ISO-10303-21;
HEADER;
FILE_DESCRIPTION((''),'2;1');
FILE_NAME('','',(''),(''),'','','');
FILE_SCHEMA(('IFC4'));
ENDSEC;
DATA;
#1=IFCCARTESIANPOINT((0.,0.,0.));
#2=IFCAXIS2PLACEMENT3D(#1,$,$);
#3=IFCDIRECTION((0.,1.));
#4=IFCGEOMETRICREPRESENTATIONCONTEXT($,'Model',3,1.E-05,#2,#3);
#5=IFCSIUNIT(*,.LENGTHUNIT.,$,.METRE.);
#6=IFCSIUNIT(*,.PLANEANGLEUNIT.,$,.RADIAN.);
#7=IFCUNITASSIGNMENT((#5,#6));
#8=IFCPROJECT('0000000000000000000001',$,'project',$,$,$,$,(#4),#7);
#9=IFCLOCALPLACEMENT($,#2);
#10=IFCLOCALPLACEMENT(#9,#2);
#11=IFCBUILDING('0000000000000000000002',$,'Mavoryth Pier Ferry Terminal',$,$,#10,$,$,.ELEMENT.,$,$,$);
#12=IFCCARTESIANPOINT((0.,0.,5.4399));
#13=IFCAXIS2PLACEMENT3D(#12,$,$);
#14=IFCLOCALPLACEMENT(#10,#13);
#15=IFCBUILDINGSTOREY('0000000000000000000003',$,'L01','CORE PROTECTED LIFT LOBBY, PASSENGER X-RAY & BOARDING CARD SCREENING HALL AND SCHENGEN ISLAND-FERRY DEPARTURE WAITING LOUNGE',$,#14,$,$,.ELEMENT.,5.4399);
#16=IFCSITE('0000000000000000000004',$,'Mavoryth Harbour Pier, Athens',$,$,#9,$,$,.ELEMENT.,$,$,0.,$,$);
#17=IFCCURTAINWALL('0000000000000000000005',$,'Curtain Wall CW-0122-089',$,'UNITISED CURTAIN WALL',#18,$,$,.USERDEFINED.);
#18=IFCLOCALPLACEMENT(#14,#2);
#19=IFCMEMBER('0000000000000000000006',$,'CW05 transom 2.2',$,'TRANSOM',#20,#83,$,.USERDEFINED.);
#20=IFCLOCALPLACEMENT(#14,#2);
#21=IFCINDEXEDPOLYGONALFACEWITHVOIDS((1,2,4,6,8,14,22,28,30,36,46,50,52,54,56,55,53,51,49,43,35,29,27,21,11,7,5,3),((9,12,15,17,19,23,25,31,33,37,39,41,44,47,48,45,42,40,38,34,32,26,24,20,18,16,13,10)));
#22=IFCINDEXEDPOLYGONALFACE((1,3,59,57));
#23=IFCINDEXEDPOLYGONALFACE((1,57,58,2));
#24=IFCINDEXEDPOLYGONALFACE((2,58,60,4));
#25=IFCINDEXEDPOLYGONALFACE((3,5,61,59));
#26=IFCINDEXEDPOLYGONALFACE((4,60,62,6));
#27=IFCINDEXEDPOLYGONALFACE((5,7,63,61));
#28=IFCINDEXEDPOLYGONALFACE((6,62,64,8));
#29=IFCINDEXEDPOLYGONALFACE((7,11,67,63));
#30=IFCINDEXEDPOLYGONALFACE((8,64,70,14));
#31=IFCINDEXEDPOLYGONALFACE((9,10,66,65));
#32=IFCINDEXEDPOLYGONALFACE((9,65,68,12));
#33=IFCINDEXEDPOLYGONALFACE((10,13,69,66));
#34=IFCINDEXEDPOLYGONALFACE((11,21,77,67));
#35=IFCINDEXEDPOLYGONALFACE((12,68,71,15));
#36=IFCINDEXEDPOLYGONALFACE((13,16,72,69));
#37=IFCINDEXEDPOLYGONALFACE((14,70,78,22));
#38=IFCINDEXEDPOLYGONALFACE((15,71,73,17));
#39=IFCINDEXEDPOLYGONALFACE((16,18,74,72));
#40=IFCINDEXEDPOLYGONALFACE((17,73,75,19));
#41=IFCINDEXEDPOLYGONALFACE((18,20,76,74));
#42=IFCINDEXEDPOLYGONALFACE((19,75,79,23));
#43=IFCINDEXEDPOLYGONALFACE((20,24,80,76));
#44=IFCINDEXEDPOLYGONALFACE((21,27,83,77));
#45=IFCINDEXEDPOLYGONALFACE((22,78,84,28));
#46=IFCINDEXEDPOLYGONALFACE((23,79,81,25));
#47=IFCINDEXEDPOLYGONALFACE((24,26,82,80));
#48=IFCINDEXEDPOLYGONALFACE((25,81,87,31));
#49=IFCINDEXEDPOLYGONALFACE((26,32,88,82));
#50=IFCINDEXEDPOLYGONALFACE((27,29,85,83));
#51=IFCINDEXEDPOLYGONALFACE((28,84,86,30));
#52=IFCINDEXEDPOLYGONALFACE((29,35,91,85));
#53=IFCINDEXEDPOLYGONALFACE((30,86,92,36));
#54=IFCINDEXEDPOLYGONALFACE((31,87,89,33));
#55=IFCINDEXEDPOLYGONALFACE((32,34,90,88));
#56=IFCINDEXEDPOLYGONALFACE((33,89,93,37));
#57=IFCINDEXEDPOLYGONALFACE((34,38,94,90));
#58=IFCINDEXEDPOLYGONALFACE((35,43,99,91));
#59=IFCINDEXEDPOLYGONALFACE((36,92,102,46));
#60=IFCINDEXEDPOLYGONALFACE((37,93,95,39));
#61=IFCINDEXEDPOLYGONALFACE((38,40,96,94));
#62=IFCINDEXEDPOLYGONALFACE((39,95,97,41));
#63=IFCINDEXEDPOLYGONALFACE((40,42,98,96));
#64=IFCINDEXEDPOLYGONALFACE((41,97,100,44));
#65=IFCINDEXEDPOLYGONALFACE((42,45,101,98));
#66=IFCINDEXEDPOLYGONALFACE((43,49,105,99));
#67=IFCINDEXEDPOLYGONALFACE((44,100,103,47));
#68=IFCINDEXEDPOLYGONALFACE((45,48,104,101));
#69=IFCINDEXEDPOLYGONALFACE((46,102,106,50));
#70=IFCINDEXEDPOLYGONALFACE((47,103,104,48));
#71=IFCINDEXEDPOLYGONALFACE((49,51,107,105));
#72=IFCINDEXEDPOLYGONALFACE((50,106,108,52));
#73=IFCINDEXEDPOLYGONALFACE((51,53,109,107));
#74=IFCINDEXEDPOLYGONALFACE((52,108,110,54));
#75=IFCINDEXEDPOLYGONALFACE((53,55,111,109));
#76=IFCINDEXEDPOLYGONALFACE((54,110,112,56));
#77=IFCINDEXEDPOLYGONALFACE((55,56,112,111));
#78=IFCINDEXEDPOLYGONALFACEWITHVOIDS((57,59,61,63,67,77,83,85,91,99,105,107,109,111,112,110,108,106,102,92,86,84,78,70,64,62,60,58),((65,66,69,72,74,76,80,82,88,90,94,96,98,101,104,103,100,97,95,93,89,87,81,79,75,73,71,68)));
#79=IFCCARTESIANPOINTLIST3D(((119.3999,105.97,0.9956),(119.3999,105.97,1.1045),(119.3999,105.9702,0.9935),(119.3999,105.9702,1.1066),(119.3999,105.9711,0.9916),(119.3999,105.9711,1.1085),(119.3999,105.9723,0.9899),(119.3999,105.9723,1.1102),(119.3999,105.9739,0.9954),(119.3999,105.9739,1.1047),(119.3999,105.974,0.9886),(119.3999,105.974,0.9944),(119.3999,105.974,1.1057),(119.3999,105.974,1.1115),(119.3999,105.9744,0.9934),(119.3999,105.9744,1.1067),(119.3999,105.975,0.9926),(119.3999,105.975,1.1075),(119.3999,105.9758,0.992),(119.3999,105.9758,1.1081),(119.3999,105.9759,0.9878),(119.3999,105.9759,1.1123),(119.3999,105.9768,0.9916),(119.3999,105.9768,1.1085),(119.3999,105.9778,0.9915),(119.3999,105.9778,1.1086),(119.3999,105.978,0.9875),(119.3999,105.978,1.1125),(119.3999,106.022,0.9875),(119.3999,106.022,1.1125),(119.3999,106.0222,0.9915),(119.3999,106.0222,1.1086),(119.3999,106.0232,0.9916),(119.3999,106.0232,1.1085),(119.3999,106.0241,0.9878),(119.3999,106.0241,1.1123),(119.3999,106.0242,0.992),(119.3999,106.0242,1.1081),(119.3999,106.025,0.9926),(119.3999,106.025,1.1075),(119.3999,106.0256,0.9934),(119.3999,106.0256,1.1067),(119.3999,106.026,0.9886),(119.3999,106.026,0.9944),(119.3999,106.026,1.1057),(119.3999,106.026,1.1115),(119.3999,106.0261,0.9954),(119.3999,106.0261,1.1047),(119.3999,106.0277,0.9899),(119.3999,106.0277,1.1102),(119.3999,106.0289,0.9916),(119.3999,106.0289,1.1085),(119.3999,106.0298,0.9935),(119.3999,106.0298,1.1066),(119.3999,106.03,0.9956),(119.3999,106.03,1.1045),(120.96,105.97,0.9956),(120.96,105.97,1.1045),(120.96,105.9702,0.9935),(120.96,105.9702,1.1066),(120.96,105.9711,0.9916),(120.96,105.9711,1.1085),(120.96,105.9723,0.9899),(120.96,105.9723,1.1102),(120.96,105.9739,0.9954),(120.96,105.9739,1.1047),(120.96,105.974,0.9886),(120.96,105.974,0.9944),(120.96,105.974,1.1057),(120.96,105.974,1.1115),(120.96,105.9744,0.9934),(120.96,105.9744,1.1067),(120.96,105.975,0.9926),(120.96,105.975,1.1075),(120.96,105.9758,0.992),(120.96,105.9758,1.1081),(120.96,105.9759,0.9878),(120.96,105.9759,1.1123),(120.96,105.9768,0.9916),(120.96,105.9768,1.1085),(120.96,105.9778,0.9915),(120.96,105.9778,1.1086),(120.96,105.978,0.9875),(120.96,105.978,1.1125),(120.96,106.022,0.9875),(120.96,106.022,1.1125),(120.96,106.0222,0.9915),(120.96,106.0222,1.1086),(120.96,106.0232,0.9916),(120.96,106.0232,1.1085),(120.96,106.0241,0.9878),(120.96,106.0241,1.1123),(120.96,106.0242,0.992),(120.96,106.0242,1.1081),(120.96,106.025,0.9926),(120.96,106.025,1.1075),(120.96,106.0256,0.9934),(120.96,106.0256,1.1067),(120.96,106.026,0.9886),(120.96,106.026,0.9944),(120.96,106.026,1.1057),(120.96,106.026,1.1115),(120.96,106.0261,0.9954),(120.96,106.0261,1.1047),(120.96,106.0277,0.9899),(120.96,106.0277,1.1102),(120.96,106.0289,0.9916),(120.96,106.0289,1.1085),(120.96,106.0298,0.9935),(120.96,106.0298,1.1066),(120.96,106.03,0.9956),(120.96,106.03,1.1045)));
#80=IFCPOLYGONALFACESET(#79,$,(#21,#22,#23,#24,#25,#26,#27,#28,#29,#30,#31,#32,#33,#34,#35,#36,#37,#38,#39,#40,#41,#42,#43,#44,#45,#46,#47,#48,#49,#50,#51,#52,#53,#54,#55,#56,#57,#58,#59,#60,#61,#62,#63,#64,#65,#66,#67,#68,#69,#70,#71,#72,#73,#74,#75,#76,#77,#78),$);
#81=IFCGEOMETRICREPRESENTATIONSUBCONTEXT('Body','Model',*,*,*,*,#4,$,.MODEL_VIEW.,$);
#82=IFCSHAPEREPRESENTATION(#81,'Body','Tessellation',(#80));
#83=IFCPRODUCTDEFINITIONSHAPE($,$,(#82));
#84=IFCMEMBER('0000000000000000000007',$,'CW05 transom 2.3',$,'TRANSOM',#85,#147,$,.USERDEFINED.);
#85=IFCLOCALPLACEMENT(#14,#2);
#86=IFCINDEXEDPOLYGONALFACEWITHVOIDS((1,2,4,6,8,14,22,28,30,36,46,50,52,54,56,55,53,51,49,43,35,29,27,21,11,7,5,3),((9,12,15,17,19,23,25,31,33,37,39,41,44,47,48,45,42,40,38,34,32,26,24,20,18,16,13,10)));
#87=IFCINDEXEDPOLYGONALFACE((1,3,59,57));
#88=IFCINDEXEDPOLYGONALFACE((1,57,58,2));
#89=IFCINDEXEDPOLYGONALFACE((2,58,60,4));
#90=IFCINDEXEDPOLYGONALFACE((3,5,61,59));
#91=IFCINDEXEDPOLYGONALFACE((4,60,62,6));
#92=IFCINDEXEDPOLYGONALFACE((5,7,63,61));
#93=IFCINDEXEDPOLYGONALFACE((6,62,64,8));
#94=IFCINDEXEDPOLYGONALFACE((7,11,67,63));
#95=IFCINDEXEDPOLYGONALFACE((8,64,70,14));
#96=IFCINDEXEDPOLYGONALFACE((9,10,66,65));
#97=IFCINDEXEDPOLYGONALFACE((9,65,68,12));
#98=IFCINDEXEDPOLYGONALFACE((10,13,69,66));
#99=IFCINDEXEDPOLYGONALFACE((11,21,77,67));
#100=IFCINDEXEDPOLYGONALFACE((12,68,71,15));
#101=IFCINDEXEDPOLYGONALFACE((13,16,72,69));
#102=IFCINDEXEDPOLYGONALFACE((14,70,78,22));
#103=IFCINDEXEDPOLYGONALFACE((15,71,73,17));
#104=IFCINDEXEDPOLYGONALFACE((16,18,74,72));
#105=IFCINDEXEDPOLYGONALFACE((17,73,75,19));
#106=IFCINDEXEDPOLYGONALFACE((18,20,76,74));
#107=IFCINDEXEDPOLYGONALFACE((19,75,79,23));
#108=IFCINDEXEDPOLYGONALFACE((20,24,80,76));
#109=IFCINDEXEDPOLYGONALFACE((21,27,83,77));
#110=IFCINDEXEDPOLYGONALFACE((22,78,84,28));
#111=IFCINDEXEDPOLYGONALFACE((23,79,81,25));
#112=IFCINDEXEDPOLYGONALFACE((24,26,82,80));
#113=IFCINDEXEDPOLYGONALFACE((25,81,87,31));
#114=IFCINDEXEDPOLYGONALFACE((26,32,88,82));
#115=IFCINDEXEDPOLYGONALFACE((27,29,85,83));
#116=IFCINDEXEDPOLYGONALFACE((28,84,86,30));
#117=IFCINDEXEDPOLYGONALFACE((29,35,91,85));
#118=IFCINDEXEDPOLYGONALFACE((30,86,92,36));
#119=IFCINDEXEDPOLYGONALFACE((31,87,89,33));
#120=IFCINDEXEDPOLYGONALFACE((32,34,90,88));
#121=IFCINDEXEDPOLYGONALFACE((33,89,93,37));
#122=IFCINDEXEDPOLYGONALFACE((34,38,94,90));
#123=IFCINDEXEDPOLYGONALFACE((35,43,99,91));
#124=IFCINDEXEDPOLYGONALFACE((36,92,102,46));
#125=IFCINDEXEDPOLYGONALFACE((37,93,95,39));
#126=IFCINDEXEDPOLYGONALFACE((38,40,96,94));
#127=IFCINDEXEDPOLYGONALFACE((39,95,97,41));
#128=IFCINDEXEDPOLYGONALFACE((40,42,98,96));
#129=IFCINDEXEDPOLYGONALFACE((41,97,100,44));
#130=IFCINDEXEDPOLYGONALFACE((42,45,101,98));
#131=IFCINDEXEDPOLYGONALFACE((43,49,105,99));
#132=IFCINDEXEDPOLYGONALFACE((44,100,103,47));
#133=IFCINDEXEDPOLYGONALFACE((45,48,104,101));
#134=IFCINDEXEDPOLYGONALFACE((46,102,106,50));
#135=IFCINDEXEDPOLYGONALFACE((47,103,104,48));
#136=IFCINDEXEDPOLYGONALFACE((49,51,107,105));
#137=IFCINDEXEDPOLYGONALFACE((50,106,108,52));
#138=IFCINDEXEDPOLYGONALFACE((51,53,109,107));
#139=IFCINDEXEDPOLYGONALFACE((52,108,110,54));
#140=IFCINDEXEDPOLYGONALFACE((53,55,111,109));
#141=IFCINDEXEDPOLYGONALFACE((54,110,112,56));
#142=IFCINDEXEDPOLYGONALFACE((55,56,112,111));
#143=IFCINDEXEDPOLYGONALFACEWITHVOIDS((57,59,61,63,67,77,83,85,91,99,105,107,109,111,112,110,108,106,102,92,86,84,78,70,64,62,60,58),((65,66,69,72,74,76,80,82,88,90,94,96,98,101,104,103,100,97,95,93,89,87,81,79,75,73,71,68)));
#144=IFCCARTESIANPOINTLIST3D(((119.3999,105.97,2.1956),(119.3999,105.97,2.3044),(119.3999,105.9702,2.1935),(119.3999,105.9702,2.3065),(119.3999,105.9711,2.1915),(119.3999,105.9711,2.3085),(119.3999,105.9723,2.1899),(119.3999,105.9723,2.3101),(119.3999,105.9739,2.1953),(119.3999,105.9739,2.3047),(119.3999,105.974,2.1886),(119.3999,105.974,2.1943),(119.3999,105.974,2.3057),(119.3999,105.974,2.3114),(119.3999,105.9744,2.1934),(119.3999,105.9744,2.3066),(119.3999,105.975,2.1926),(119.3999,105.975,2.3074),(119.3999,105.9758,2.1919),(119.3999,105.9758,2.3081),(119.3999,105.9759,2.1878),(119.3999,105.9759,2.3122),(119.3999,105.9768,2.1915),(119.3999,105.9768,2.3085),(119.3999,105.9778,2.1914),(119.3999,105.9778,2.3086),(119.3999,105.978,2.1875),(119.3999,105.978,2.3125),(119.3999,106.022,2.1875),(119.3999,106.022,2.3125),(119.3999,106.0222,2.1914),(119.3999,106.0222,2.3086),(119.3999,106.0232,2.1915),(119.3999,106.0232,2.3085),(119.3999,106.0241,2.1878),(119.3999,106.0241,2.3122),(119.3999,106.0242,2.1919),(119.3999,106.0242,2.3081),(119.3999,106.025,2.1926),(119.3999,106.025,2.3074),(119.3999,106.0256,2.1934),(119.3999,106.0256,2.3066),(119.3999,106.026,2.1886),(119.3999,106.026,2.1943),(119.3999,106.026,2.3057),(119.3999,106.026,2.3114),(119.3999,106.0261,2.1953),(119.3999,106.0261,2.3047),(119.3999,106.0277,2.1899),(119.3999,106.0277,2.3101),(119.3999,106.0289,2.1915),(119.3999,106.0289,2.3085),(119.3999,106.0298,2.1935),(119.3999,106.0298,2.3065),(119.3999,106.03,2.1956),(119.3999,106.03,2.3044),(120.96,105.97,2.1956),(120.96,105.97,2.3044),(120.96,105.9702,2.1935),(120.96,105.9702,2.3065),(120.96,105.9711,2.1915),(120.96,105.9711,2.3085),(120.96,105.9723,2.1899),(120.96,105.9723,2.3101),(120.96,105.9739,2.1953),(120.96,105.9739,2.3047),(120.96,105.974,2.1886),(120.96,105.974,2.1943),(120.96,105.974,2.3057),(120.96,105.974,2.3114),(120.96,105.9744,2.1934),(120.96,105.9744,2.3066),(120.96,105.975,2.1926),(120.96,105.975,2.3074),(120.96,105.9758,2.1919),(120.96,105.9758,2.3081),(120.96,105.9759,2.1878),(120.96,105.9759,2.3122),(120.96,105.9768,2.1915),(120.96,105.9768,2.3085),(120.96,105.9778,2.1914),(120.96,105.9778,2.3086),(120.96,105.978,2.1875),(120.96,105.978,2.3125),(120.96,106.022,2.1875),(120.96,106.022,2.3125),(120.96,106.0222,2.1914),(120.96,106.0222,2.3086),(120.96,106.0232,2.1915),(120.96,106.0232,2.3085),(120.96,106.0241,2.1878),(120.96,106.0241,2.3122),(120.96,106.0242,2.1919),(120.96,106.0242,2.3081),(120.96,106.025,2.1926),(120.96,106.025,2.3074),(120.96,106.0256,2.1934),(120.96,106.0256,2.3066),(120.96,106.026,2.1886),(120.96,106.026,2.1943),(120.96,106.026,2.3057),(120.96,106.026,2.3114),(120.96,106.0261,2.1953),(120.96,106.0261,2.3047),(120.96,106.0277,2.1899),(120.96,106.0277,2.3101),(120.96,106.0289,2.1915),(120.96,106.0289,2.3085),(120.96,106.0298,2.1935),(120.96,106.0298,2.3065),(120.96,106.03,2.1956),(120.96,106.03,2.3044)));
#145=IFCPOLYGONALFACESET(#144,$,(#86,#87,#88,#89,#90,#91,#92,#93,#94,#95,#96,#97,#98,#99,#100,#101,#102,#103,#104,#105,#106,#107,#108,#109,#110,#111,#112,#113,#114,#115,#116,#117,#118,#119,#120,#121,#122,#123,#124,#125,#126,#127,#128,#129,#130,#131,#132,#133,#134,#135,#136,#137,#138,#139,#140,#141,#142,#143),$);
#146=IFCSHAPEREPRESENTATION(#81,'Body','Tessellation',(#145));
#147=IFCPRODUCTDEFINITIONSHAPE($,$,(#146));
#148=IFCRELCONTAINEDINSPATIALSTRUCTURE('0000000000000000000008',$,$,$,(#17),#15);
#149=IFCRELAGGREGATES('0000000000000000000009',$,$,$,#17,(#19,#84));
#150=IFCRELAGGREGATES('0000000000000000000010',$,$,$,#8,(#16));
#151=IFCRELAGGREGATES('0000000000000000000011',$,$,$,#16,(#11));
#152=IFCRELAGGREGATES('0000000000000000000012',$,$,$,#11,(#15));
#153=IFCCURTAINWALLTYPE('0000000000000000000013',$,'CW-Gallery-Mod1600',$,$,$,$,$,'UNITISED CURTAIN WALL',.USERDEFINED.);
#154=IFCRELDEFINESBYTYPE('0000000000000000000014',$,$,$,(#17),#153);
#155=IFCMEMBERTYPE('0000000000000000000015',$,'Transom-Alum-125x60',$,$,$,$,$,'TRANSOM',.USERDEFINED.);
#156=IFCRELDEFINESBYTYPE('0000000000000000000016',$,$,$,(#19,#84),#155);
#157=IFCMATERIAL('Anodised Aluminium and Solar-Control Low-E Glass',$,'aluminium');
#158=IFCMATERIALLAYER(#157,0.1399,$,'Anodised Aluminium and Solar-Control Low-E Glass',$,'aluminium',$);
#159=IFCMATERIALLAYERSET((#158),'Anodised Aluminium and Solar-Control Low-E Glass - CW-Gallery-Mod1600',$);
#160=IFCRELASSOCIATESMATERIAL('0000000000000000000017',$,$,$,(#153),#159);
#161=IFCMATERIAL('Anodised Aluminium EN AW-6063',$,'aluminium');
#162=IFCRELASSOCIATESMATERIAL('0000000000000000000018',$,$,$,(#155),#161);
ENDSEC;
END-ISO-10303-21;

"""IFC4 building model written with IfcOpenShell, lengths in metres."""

from ifc_helpers import new_model, si_unit, direction, frame, origin, origin_2d, place, context, subcontext, project, spatial, hollow_rectangle, extrude, material, layer, layer_set, material_profile, profile_set, type_object, element, aggregate, save


model = new_model("IFC4")

# Units and contexts
model_context = context("Model", 3, precision=1e-05, world=origin(), true_north=direction((0.0, 1.0)))
body_context = subcontext(model_context, "Body", "Model", "MODEL_VIEW")
ifc_project = project(units=[si_unit("LENGTHUNIT", "METRE"), si_unit("PLANEANGLEUNIT", "RADIAN")], contexts=[model_context])

# Site, building, storey
site_placement = place(None, origin())
site = spatial("IfcSite", under=ifc_project, at=site_placement, Name="Mavoryth Harbour Pier, Athens", CompositionType="ELEMENT", RefElevation=0.0)
building_placement = place(site_placement, origin())
building = spatial("IfcBuilding", under=site, at=building_placement, Name="Mavoryth Pier Ferry Terminal", CompositionType="ELEMENT")
storey_placement = place(building_placement, frame((0.0, 0.0, 5.4399)))
storey = spatial("IfcBuildingStorey", under=building, at=storey_placement, Name="L01", Description="CORE PROTECTED LIFT LOBBY, PASSENGER X-RAY & BOARDING CARD SCREENING HALL AND SCHENGEN ISLAND-FERRY DEPARTURE WAITING LOUNGE", CompositionType="ELEMENT", Elevation=5.4399)

# Curtain wall, members
ifc_material_1 = material(Name="Anodised Aluminium and Solar-Control Low-E Glass", Category="aluminium")
ifc_layer_1 = layer(ifc_material_1, 0.1399, Name="Anodised Aluminium and Solar-Control Low-E Glass", Category="aluminium")
ifc_layer_set_1 = layer_set([ifc_layer_1], Name="Anodised Aluminium and Solar-Control Low-E Glass - CW-Gallery-Mod1600")
curtain_wall_type = type_object("IfcCurtainWallType", Name="CW-Gallery-Mod1600", ElementType="UNITISED CURTAIN WALL", PredefinedType="USERDEFINED", material=ifc_layer_set_1)
curtain_wall_1_placement = place(storey_placement, origin())
curtain_wall_1 = element("IfcCurtainWall", 1, at=curtain_wall_1_placement, inside=storey, type_object=curtain_wall_type, Name="Curtain Wall CW-0122-089", ObjectType="UNITISED CURTAIN WALL", PredefinedType="USERDEFINED")
ifc_material_2 = material(Name="Anodised Aluminium EN AW-6063", Category="aluminium")
ifc_material_profile_1 = material_profile(ifc_material_2, hollow_rectangle(XDim=0.0601, YDim=0.125, WallThickness=0.0039, InnerFilletRadius=0.0039, OuterFilletRadius=0.0081, at=origin_2d()), Name="AL-TRAN 125x60x4", Category="aluminium")
ifc_profile_set_1 = profile_set([ifc_material_profile_1], Name="Anodised Aluminium EN AW-6063 - AL-TRAN 125x60x4")
member_type_1 = type_object("IfcMemberType", Name="Transom-Alum-125x60", ElementType="TRANSOM", PredefinedType="USERDEFINED", material=ifc_profile_set_1)
member_1_placement = place(storey_placement, frame((119.3999, 106.0, 1.05), z_axis=(1.0, 0.0, 0.0), x_axis=(0.0, 1.0, 0.0)))
member_1 = element("IfcMember", 2, at=member_1_placement, type_object=member_type_1, Name="CW05 transom 2.2", ObjectType="TRANSOM", PredefinedType="USERDEFINED", context=body_context, shape_type="SweptSolid", body=[
    extrude(hollow_rectangle(XDim=0.0601, YDim=0.125, WallThickness=0.0039, InnerFilletRadius=0.0039, OuterFilletRadius=0.0081, at=origin_2d()), origin(), (0.0, 0.0, 1.0), 1.5601),
])
member_2_placement = place(storey_placement, frame((119.3999, 106.0, 2.25), z_axis=(1.0, 0.0, 0.0), x_axis=(0.0, 1.0, 0.0)))
member_2 = element("IfcMember", 3, at=member_2_placement, type_object=member_type_1, Name="CW05 transom 2.3", ObjectType="TRANSOM", PredefinedType="USERDEFINED", context=body_context, shape_type="SweptSolid", body=[
    extrude(hollow_rectangle(XDim=0.0601, YDim=0.125, WallThickness=0.0039, InnerFilletRadius=0.0039, OuterFilletRadius=0.0081, at=origin_2d()), origin(), (0.0, 0.0, 1.0), 1.5601),
])

aggregate(curtain_wall_1, [member_1, member_2])

save(model, "model.ifc")
